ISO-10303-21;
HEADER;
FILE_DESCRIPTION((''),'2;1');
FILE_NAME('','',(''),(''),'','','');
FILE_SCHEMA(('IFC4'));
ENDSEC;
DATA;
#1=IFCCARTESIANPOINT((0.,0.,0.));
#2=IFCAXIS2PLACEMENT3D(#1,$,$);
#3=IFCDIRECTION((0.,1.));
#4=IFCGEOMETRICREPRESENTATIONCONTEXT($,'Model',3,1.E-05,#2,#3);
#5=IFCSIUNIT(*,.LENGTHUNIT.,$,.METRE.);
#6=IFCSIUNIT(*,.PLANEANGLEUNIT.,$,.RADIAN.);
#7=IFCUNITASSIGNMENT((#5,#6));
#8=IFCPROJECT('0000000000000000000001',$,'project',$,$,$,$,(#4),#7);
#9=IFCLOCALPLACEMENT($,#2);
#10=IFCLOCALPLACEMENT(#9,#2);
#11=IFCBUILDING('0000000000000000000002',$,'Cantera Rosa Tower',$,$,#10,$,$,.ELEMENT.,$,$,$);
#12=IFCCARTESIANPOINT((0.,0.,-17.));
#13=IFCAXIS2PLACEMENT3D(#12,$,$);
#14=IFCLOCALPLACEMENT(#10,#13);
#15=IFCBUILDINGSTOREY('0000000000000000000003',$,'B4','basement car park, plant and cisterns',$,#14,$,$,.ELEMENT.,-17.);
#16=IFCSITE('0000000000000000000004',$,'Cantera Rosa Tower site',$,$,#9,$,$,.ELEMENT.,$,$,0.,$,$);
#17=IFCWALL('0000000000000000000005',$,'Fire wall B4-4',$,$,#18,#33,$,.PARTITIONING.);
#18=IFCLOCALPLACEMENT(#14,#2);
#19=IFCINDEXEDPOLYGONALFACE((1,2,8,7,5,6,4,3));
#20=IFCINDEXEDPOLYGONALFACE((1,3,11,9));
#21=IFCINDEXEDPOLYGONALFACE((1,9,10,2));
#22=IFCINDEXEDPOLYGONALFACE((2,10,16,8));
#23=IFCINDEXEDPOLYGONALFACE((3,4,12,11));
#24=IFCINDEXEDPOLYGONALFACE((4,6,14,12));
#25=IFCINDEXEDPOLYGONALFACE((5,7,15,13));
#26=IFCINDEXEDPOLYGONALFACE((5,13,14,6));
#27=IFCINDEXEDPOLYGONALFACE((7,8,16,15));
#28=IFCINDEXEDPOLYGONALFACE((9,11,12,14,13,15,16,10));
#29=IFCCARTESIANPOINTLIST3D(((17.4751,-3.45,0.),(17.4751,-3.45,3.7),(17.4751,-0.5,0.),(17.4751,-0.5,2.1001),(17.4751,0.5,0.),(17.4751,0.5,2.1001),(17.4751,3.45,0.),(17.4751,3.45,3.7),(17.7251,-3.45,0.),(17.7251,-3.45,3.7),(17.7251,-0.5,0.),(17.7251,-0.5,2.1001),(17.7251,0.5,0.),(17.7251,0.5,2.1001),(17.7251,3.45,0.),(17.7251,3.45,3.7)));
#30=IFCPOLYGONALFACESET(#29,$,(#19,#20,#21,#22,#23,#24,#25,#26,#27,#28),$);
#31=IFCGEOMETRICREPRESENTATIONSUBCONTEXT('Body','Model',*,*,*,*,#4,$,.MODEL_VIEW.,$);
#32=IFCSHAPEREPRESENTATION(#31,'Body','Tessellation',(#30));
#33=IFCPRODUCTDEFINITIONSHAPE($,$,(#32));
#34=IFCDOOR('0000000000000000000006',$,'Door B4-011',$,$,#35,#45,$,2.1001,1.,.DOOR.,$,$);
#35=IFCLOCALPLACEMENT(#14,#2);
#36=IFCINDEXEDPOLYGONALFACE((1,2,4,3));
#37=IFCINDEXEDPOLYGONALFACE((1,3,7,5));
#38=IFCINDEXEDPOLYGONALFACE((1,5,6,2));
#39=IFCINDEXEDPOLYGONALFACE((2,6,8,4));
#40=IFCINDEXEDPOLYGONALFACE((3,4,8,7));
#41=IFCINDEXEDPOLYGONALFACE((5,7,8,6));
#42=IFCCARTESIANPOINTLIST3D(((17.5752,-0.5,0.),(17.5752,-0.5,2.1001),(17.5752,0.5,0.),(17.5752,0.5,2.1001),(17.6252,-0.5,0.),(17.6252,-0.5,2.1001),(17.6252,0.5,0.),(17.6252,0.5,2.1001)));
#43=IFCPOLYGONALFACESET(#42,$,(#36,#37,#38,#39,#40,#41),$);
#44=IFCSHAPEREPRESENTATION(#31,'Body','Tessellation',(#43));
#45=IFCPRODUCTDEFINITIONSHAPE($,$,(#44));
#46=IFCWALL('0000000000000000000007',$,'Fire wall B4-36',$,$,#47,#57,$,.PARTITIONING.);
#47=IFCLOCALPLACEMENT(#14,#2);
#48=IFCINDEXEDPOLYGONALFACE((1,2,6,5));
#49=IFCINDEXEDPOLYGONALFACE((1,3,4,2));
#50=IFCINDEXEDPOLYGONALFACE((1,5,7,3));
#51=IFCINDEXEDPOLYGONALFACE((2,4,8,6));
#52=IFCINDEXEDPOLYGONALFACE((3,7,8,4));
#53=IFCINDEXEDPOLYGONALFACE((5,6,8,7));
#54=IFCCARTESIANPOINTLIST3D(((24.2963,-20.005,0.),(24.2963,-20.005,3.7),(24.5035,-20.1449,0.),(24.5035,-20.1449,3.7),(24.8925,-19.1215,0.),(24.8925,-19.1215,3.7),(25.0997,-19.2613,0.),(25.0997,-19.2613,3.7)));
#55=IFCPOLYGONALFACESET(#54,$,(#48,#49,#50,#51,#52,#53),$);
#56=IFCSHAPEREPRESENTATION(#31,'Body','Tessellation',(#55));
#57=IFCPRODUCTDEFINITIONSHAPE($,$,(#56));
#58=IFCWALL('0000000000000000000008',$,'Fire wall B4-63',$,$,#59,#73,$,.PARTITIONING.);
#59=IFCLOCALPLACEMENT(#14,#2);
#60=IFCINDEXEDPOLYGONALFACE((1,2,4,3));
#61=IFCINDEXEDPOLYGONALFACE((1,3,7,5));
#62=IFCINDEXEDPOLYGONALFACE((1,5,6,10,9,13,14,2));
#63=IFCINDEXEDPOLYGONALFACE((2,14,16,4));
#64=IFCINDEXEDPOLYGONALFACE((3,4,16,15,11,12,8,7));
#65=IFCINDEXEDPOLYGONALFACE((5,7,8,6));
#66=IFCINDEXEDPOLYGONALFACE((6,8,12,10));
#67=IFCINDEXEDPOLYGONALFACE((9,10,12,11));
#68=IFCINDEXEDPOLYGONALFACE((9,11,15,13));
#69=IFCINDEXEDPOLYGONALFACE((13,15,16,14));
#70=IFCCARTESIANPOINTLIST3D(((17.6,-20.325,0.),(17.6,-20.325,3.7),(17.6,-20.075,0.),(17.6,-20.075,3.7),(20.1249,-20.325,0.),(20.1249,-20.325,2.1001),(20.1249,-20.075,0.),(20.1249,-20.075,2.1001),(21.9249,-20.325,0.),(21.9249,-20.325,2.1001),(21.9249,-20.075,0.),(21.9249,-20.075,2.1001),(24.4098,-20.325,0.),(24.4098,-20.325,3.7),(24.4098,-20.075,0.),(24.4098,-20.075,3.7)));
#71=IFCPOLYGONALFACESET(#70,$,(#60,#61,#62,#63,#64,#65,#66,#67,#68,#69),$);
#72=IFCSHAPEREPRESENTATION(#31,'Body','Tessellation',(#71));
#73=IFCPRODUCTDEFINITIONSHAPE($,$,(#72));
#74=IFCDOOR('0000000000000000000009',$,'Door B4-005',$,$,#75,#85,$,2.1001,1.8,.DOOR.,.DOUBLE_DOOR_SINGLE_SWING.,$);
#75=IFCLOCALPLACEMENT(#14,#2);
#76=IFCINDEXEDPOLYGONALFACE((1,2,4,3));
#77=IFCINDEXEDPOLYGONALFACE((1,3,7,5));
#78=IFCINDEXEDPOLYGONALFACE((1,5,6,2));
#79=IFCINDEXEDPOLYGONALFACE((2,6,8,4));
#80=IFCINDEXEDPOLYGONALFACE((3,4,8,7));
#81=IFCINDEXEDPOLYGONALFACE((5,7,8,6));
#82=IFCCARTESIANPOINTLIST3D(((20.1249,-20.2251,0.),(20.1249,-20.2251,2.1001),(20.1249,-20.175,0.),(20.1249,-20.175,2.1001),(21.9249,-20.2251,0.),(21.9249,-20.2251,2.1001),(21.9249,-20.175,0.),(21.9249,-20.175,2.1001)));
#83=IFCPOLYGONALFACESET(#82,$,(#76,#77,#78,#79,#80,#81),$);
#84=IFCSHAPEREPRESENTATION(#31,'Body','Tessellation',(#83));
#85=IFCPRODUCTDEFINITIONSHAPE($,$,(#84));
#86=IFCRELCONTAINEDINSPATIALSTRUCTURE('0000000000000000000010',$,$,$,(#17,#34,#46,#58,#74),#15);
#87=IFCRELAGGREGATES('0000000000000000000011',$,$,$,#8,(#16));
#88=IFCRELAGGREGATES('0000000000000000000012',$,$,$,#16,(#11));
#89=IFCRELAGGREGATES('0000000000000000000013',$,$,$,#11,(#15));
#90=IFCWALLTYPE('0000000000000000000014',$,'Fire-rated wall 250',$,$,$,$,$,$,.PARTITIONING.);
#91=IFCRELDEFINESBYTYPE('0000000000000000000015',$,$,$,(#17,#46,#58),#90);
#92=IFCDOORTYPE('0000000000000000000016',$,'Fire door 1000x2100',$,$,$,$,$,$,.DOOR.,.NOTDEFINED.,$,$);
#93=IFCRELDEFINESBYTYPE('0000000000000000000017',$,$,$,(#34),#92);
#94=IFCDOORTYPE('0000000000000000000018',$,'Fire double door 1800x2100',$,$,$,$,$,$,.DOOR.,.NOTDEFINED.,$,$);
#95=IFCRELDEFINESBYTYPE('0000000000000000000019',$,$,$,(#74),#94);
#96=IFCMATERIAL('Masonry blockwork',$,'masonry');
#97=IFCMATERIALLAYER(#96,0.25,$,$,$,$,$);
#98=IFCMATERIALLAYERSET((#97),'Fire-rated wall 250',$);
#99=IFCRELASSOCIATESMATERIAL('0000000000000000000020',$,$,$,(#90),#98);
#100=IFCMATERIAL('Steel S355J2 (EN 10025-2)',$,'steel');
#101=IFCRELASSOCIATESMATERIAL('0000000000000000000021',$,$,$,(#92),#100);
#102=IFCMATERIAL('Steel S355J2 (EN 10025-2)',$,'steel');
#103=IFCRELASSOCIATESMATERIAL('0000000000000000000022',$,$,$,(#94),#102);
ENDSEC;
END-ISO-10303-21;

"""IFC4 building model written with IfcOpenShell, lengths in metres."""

from ifc_helpers import new_model, si_unit, direction, frame, frame_2d, origin, place, context, subcontext, project, spatial, rectangle, extrude, material, layer, layer_set, type_object, element, fill, save


model = new_model("IFC4")

# Units and contexts
model_context = context("Model", 3, precision=1e-05, world=origin(), true_north=direction((0.0, 1.0)))
body_context = subcontext(model_context, "Body", "Model", "MODEL_VIEW")
ifc_project = project(units=[si_unit("LENGTHUNIT", "METRE"), si_unit("PLANEANGLEUNIT", "RADIAN")], contexts=[model_context])

# Site, building, storey
site_placement = place(None, origin())
site = spatial("IfcSite", under=ifc_project, at=site_placement, Name="Cantera Rosa Tower site", CompositionType="ELEMENT", RefElevation=0.0)
building_placement = place(site_placement, origin())
building = spatial("IfcBuilding", under=site, at=building_placement, Name="Cantera Rosa Tower", CompositionType="ELEMENT")
storey_placement = place(building_placement, frame((0.0, 0.0, -17.0)))
storey = spatial("IfcBuildingStorey", under=building, at=storey_placement, Name="B4", Description="basement car park, plant and cisterns", CompositionType="ELEMENT", Elevation=-17.0)

# Shared definitions
ifc_material_1 = material(Name="Masonry blockwork", Category="masonry")
ifc_layer_1 = layer(ifc_material_1, 0.25)
ifc_layer_set_1 = layer_set([ifc_layer_1], Name="Fire-rated wall 250")
wall_type_1 = type_object("IfcWallType", Name="Fire-rated wall 250", PredefinedType="PARTITIONING", material=ifc_layer_set_1)

# Wall, opening, door
wall_1_placement = place(storey_placement, frame((17.6001, -3.45, 0.0), z_axis=(0.0, 0.0, 1.0), x_axis=(0.0, 1.0, 0.0)))
wall_1 = element("IfcWall", 1, at=wall_1_placement, inside=storey, type_object=wall_type_1, Name="Fire wall B4-4", PredefinedType="PARTITIONING", context=body_context, shape_type="SweptSolid", body=[
    extrude(rectangle(XDim=6.8999, YDim=0.25, at=frame_2d((3.45, 0.0))), origin(), (0.0, 0.0, 1.0), 3.7),
])
opening_1_placement = place(wall_1_placement, frame((2.95, 0.0, 0.0)))
opening_1 = element("IfcOpeningElement", 2, at=opening_1_placement, cuts=wall_1, PredefinedType="OPENING", context=body_context, shape_type="SweptSolid", body=[
    extrude(rectangle(XDim=1.0, YDim=2.1001, at=frame_2d((0.5, 1.05))), frame((0.0, 0.135, 0.0), z_axis=(0.0, -1.0, 0.0), x_axis=(1.0, 0.0, 0.0)), (0.0, 0.0, 1.0), 0.27),
])
ifc_material_2 = material(Name="Steel S355J2 (EN 10025-2)", Category="steel")
door_type_1 = type_object("IfcDoorType", Name="Fire door 1000x2100", OperationType="NOTDEFINED", PredefinedType="DOOR", material=ifc_material_2)
door_1_placement = place(opening_1_placement, origin())
door_1 = element("IfcDoor", 3, at=door_1_placement, inside=storey, type_object=door_type_1, Name="Door B4-011", OverallHeight=2.1001, OverallWidth=1.0, PredefinedType="DOOR", context=body_context, shape_type="SweptSolid", body=[
    extrude(rectangle(XDim=1.0, YDim=2.1001, at=frame_2d((0.5, 1.05))), frame((0.0, 0.0249, 0.0), z_axis=(0.0, -1.0, 0.0), x_axis=(1.0, 0.0, 0.0)), (0.0, 0.0, 1.0), 0.05),
])
fill(opening_1, door_1)

# Wall
wall_2_placement = place(storey_placement, frame((24.3999, -20.075, 0.0), z_axis=(0.0, 0.0, 1.0), x_axis=(0.559343, 0.828936, 0.0)))
element("IfcWall", 4, at=wall_2_placement, inside=storey, type_object=wall_type_1, Name="Fire wall B4-36", PredefinedType="PARTITIONING", context=body_context, shape_type="SweptSolid", body=[
    extrude(rectangle(XDim=1.0659, YDim=0.25, at=frame_2d((0.533, 0.0))), origin(), (0.0, 0.0, 1.0), 3.7),
])

# Wall, opening, door
wall_3_placement = place(storey_placement, frame((17.6001, -20.2, 0.0), z_axis=(0.0, 0.0, 1.0), x_axis=(1.0, 0.0, 0.0)))
wall_3 = element("IfcWall", 5, at=wall_3_placement, inside=storey, type_object=wall_type_1, Name="Fire wall B4-63", PredefinedType="PARTITIONING", context=body_context, shape_type="SweptSolid", body=[
    extrude(rectangle(XDim=6.8098, YDim=0.25, at=frame_2d((3.4048, 0.0))), origin(), (0.0, 0.0, 1.0), 3.7),
])
opening_2_placement = place(wall_3_placement, frame((2.5249, 0.0, 0.0)))
opening_2 = element("IfcOpeningElement", 6, at=opening_2_placement, cuts=wall_3, PredefinedType="OPENING", context=body_context, shape_type="SweptSolid", body=[
    extrude(rectangle(XDim=1.8, YDim=2.1001, at=frame_2d((0.8999, 1.05))), frame((0.0, 0.135, 0.0), z_axis=(0.0, -1.0, 0.0), x_axis=(1.0, 0.0, 0.0)), (0.0, 0.0, 1.0), 0.27),
])
ifc_material_3 = material(Name="Steel S355J2 (EN 10025-2)", Category="steel")
door_type_2 = type_object("IfcDoorType", Name="Fire double door 1800x2100", OperationType="NOTDEFINED", PredefinedType="DOOR", material=ifc_material_3)
door_2_placement = place(opening_2_placement, origin())
door_2 = element("IfcDoor", 7, at=door_2_placement, inside=storey, type_object=door_type_2, Name="Door B4-005", OperationType="DOUBLE_DOOR_SINGLE_SWING", OverallHeight=2.1001, OverallWidth=1.8, PredefinedType="DOOR", context=body_context, shape_type="SweptSolid", body=[
    extrude(rectangle(XDim=1.8, YDim=2.1001, at=frame_2d((0.8999, 1.05))), frame((0.0, 0.0249, 0.0), z_axis=(0.0, -1.0, 0.0), x_axis=(1.0, 0.0, 0.0)), (0.0, 0.0, 1.0), 0.05),
])
fill(opening_2, door_2)

save(model, "model.ifc")
